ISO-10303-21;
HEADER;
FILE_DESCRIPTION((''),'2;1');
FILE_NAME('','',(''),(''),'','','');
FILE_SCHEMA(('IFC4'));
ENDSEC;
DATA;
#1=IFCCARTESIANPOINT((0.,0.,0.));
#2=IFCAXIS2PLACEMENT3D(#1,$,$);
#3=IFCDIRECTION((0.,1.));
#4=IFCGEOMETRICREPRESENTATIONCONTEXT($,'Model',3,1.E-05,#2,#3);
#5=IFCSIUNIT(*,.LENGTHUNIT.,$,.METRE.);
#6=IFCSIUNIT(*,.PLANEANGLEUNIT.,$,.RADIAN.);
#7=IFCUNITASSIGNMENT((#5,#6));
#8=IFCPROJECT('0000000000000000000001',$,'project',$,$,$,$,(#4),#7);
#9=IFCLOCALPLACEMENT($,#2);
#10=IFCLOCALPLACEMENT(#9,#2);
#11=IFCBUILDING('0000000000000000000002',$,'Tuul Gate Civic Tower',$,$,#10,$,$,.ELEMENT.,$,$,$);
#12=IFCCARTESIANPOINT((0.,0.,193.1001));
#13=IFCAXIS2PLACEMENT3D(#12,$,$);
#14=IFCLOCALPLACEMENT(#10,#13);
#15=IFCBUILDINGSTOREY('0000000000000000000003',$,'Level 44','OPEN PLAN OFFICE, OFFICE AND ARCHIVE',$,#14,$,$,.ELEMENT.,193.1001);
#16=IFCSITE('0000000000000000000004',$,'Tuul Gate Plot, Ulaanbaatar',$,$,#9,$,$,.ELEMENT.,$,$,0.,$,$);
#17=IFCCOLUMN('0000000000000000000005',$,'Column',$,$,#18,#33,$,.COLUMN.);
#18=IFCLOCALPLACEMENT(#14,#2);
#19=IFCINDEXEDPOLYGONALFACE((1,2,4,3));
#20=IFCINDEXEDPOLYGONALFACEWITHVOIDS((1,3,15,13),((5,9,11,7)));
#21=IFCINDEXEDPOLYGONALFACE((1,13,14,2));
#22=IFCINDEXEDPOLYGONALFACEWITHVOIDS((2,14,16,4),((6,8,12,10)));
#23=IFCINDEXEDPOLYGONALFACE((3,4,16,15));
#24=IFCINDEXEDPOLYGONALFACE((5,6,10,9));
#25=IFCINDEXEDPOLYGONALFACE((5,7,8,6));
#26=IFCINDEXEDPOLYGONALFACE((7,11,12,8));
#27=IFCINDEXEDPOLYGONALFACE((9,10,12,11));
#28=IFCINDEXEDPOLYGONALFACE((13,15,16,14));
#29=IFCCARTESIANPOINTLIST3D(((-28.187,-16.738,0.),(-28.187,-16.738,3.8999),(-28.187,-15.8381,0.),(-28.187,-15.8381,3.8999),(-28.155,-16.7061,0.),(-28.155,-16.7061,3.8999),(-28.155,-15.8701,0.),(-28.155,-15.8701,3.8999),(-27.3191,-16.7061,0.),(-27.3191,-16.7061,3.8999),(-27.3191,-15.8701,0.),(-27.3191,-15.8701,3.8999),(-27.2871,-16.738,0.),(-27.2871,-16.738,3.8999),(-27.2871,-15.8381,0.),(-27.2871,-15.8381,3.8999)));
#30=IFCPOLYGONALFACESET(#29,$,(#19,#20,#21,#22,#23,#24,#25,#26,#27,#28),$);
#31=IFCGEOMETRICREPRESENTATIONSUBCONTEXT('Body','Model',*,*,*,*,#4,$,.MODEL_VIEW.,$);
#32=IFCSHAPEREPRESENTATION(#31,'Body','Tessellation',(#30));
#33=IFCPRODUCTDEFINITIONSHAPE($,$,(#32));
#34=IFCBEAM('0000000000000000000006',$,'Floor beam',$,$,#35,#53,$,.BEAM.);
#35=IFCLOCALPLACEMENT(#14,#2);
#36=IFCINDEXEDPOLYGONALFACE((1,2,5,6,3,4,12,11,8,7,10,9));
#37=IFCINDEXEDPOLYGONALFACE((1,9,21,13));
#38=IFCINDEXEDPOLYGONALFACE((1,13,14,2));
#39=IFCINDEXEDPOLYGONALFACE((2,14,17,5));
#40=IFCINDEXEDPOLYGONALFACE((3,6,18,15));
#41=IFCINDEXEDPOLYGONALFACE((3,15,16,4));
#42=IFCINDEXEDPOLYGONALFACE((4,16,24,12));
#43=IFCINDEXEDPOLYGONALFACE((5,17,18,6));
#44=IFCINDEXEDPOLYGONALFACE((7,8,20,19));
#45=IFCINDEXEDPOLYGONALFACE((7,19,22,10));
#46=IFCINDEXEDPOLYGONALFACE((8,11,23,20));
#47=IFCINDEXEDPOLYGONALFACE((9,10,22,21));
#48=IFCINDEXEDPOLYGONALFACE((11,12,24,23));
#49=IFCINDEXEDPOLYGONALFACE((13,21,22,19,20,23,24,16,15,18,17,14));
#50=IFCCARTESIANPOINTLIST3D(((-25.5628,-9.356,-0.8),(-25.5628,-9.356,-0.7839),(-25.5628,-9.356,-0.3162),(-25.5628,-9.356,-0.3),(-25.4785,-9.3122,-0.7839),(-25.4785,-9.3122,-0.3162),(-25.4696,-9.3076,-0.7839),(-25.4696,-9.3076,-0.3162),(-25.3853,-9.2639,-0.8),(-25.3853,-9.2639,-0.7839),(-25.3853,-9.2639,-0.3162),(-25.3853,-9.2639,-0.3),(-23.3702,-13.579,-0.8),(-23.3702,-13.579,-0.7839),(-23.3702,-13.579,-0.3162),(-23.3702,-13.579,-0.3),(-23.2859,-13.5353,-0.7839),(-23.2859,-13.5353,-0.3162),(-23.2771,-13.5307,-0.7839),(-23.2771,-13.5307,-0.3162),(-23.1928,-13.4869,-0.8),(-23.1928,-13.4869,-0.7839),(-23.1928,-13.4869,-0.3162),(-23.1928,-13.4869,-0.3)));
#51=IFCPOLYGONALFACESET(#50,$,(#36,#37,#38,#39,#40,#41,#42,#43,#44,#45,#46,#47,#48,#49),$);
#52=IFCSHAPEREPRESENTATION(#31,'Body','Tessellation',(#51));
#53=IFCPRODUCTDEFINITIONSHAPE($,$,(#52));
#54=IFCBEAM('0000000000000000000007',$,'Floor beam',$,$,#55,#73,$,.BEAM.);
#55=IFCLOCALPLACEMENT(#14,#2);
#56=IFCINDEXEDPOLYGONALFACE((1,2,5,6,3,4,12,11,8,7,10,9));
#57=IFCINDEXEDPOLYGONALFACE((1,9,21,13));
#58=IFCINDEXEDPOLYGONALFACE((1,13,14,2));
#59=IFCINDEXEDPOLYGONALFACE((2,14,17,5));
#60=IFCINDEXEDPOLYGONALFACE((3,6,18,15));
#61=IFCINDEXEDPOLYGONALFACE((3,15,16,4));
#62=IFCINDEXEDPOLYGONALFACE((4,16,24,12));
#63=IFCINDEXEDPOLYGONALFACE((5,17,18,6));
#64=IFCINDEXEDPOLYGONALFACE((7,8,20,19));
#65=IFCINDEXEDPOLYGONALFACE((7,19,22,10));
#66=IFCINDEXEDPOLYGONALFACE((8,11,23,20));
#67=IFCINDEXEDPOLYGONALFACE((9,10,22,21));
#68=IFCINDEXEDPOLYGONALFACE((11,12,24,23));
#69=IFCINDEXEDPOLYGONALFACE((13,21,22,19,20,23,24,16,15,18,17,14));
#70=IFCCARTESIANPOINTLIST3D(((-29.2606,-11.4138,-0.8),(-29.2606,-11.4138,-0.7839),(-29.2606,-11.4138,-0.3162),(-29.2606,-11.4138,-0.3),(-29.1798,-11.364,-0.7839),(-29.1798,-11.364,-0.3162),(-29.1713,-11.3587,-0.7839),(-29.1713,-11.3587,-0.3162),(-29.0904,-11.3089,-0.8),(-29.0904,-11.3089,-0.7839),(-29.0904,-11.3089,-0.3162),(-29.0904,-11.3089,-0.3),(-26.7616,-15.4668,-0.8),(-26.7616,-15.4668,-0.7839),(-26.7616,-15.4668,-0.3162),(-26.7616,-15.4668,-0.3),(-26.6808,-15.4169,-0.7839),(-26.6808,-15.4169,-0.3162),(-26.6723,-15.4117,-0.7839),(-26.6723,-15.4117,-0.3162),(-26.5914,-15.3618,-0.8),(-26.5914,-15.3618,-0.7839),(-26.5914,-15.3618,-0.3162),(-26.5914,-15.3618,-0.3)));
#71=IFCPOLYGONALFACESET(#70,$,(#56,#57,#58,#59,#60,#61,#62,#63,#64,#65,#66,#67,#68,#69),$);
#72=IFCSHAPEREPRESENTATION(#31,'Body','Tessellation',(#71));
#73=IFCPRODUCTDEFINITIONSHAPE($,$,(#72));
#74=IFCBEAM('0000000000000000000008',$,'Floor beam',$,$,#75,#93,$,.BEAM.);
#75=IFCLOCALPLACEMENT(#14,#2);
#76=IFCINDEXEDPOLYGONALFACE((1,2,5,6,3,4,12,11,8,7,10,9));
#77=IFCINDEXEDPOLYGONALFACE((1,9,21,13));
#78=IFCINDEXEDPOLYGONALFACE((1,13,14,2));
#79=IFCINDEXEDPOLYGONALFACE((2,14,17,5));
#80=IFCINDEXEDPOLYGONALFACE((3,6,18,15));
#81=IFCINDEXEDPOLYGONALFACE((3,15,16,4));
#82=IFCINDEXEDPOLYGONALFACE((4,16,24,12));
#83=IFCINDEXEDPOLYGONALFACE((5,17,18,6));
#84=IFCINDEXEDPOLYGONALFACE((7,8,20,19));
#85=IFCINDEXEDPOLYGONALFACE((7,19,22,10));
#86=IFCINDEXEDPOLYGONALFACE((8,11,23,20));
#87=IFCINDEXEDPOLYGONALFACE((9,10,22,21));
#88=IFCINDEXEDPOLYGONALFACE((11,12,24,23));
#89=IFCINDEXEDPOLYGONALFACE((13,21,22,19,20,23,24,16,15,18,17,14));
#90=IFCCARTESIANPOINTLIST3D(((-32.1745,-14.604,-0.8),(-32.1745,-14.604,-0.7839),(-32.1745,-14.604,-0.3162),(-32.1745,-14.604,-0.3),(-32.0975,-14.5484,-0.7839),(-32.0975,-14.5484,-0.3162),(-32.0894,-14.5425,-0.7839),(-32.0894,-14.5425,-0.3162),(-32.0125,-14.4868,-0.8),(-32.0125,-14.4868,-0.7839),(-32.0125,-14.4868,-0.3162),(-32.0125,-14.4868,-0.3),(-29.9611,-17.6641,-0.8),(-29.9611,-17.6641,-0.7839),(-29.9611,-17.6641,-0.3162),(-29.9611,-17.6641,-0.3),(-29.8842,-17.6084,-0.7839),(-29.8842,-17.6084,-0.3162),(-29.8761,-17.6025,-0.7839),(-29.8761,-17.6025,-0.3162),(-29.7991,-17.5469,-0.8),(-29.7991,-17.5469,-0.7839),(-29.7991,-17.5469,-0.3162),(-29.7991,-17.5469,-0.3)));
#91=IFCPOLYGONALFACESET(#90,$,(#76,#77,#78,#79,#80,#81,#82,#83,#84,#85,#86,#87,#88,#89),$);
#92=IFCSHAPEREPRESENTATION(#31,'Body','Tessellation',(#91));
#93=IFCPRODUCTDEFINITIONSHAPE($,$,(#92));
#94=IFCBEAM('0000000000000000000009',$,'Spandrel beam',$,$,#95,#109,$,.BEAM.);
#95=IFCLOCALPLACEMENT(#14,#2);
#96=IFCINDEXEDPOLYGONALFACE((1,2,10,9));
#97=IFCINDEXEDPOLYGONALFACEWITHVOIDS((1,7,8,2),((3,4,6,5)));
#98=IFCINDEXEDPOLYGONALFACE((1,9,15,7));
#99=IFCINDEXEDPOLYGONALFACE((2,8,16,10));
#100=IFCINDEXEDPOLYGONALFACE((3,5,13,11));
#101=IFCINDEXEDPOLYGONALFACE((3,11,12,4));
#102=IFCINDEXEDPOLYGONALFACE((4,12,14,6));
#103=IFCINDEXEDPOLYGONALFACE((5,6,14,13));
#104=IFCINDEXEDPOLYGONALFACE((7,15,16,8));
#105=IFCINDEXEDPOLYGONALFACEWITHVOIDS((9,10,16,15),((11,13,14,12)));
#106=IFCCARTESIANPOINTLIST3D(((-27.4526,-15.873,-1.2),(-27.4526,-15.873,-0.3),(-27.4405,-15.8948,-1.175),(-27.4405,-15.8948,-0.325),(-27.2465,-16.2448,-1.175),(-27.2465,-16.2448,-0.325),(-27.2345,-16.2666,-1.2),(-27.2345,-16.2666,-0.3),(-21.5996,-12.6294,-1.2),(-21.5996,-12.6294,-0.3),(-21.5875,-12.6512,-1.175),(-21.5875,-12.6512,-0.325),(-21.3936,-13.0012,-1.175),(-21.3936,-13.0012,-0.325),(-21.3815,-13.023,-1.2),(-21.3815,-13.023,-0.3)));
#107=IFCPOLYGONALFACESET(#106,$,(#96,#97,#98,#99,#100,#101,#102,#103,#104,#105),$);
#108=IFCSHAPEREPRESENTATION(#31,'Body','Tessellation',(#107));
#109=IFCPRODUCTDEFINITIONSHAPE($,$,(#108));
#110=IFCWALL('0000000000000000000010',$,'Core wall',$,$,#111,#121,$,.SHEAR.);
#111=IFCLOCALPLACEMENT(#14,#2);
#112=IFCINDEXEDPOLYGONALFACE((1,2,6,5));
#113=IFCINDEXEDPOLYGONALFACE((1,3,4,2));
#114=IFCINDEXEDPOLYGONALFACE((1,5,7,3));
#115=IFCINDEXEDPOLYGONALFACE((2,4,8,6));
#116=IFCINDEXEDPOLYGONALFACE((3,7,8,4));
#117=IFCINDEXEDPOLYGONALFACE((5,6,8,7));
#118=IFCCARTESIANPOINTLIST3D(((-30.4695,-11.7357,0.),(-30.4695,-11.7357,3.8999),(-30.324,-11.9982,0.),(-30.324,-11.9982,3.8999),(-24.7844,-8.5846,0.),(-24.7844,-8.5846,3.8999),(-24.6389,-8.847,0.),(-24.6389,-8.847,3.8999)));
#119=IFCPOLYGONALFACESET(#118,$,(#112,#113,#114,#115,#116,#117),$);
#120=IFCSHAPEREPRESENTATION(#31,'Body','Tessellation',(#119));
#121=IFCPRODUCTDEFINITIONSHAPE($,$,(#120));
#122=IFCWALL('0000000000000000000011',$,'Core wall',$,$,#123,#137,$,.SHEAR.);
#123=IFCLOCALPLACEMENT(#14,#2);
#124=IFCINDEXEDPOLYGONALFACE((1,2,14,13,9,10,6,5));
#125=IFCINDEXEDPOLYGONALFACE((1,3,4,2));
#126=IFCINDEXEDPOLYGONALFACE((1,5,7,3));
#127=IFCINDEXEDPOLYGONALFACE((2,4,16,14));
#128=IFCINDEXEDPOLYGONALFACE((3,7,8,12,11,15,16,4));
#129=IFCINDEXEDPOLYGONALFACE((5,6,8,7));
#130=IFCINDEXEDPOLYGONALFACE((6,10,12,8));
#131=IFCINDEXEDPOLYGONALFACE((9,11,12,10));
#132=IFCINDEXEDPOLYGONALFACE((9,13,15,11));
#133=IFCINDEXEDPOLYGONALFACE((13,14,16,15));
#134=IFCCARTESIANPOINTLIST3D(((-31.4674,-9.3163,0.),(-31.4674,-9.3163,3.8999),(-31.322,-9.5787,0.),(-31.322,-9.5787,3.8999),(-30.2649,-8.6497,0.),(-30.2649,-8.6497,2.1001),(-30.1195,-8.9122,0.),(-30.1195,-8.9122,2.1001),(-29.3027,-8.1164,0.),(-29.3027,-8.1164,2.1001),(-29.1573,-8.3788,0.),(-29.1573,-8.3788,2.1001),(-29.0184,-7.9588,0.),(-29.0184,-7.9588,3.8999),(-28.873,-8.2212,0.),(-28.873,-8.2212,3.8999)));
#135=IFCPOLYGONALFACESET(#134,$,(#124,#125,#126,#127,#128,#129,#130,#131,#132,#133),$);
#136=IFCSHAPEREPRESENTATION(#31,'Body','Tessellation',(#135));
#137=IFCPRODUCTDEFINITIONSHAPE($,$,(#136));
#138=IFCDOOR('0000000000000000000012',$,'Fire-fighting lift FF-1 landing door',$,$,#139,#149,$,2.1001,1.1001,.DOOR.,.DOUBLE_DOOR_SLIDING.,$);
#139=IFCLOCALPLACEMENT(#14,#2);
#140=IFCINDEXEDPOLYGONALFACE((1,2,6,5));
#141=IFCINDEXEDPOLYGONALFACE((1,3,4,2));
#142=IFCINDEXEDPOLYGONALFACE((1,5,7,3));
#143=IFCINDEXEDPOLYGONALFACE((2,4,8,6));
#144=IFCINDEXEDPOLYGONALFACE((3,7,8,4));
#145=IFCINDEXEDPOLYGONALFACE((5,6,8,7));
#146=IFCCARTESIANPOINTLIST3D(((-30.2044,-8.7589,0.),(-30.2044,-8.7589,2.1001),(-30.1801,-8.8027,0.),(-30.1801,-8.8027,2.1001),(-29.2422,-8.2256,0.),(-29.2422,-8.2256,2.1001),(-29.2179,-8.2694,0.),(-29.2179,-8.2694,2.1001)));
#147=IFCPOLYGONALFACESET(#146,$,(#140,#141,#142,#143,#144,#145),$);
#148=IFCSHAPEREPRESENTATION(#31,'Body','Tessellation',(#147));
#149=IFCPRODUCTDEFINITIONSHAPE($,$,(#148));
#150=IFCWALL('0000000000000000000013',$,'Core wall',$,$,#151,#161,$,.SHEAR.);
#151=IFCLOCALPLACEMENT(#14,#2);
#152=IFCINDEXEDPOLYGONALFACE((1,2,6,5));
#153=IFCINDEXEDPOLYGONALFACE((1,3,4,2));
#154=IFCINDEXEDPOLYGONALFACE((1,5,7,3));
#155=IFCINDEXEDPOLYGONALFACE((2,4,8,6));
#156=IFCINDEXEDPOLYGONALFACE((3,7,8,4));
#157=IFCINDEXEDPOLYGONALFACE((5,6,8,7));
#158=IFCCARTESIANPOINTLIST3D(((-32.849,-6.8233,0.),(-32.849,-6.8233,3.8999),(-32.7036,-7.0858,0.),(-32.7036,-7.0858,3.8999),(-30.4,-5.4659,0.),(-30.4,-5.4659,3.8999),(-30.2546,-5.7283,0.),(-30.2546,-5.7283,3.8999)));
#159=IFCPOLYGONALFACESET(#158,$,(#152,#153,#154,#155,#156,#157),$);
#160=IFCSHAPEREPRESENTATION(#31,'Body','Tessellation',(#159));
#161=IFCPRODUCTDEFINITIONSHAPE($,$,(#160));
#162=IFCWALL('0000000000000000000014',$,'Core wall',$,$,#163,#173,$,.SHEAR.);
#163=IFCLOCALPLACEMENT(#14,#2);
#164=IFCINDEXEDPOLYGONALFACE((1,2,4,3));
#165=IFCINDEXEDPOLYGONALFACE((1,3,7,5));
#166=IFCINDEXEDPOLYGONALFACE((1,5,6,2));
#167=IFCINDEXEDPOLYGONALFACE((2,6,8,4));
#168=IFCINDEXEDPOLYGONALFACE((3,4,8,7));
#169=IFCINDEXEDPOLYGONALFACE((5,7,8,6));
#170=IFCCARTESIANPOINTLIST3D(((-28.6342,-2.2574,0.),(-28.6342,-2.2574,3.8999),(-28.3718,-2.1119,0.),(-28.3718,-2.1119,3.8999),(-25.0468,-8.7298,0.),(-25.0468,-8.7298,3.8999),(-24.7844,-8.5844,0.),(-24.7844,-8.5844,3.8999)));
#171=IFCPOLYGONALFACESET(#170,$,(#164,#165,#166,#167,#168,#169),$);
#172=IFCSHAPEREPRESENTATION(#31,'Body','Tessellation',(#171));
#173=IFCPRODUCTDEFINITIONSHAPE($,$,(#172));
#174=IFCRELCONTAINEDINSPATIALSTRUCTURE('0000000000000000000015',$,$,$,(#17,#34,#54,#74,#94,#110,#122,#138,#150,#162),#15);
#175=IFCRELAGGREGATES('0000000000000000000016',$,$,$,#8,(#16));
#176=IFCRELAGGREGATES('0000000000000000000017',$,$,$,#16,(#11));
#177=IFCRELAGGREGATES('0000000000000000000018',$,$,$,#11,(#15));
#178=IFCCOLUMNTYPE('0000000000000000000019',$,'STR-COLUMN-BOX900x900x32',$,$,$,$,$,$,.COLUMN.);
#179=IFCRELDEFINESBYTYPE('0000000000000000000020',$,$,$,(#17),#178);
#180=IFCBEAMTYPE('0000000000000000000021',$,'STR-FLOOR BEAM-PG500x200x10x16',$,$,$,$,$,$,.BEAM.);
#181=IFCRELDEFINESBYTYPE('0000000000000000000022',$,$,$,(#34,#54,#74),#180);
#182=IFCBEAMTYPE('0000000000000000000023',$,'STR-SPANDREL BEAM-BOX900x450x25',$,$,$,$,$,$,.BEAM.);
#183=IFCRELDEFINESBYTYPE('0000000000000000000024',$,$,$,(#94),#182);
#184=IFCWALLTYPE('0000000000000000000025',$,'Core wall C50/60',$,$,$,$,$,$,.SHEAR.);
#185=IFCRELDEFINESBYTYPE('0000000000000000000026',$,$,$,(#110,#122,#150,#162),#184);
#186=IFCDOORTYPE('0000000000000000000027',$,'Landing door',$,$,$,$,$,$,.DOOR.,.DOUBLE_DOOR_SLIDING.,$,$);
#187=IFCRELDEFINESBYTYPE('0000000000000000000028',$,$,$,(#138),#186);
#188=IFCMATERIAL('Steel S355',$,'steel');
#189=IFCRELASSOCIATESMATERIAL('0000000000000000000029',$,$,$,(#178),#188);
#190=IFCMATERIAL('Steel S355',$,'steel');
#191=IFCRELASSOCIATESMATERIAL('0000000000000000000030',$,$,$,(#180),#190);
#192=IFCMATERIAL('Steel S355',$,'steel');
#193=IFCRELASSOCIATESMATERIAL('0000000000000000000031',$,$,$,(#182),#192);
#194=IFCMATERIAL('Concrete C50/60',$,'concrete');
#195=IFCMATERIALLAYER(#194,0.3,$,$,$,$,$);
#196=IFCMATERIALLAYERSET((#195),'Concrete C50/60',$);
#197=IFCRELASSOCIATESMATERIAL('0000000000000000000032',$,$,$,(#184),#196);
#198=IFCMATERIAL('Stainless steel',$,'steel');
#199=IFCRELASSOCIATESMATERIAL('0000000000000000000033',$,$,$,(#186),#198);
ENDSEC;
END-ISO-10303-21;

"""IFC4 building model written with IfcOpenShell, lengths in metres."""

from ifc_helpers import new_model, si_unit, direction, frame, frame_2d, origin, origin_2d, place, context, subcontext, project, spatial, rectangle, hollow_rectangle, i_section, extrude, material, layer, layer_set, material_profile, profile_set, type_object, element, fill, save


model = new_model("IFC4")

# Units and contexts
model_context = context("Model", 3, precision=1e-05, world=origin(), true_north=direction((0.0, 1.0)))
body_context = subcontext(model_context, "Body", "Model", "MODEL_VIEW")
ifc_project = project(units=[si_unit("LENGTHUNIT", "METRE"), si_unit("PLANEANGLEUNIT", "RADIAN")], contexts=[model_context])

# Site, building, storey
site_placement = place(None, origin())
site = spatial("IfcSite", under=ifc_project, at=site_placement, Name="Tuul Gate Plot, Ulaanbaatar", CompositionType="ELEMENT", RefElevation=0.0)
building_placement = place(site_placement, origin())
building = spatial("IfcBuilding", under=site, at=building_placement, Name="Tuul Gate Civic Tower", CompositionType="ELEMENT")
storey_placement = place(building_placement, frame((0.0, 0.0, 193.1001)))
storey = spatial("IfcBuildingStorey", under=building, at=storey_placement, Name="Level 44", Description="OPEN PLAN OFFICE, OFFICE AND ARCHIVE", CompositionType="ELEMENT", Elevation=193.1001)

# Column
ifc_material_1 = material(Name="Steel S355", Category="steel")
ifc_material_profile_1 = material_profile(ifc_material_1, hollow_rectangle(XDim=0.8999, YDim=0.8999, WallThickness=0.032, at=origin_2d()), Name="BOX900x900x32")
ifc_profile_set_1 = profile_set([ifc_material_profile_1], Name="Steel S355")
column_type = type_object("IfcColumnType", Name="STR-COLUMN-BOX900x900x32", PredefinedType="COLUMN", material=ifc_profile_set_1)
column_placement = place(storey_placement, frame((-27.7371, -16.2881, 0.0), z_axis=(0.0, 0.0, 1.0), x_axis=(1.0, 0.0, 0.0)))
element("IfcColumn", 1, at=column_placement, inside=storey, type_object=column_type, Name="Column", PredefinedType="COLUMN", context=body_context, shape_type="SweptSolid", body=[
    extrude(hollow_rectangle(XDim=0.8999, YDim=0.8999, WallThickness=0.032, at=origin_2d()), origin(), (0.0, 0.0, 1.0), 3.8999),
])

# Beams
ifc_material_2 = material(Name="Steel S355", Category="steel")
ifc_material_profile_2 = material_profile(ifc_material_2, i_section(OverallWidth=0.2, OverallDepth=0.5, WebThickness=0.01, FlangeThickness=0.0161, at=origin_2d()), Name="PG500x200x10x16")
ifc_profile_set_2 = profile_set([ifc_material_profile_2], Name="Steel S355")
beam_type_1 = type_object("IfcBeamType", Name="STR-FLOOR BEAM-PG500x200x10x16", PredefinedType="BEAM", material=ifc_profile_set_2)
beam_1_placement = place(storey_placement, frame((-23.2815, -13.533, -0.55), z_axis=(-0.460789, 0.88751, 0.0), x_axis=(-0.88751, -0.460789, 0.0)))
element("IfcBeam", 2, at=beam_1_placement, inside=storey, type_object=beam_type_1, Name="Floor beam", PredefinedType="BEAM", context=body_context, shape_type="SweptSolid", body=[
    extrude(i_section(OverallWidth=0.2, OverallDepth=0.5, WebThickness=0.01, FlangeThickness=0.0161, at=origin_2d()), origin(), (0.0, 0.0, 1.0), 4.7583),
])
beam_2_placement = place(storey_placement, frame((-26.6765, -15.4143, -0.55), z_axis=(-0.524841, 0.8512, 0.0), x_axis=(-0.8512, -0.524841, 0.0)))
element("IfcBeam", 3, at=beam_2_placement, inside=storey, type_object=beam_type_1, Name="Floor beam", PredefinedType="BEAM", context=body_context, shape_type="SweptSolid", body=[
    extrude(i_section(OverallWidth=0.2, OverallDepth=0.5, WebThickness=0.01, FlangeThickness=0.0161, at=origin_2d()), origin(), (0.0, 0.0, 1.0), 4.7615),
])
beam_3_placement = place(storey_placement, frame((-29.8801, -17.6055, -0.55), z_axis=(-0.586071, 0.81026, 0.0), x_axis=(-0.81026, -0.586071, 0.0)))
element("IfcBeam", 4, at=beam_3_placement, inside=storey, type_object=beam_type_1, Name="Floor beam", PredefinedType="BEAM", context=body_context, shape_type="SweptSolid", body=[
    extrude(i_section(OverallWidth=0.2, OverallDepth=0.5, WebThickness=0.01, FlangeThickness=0.0161, at=origin_2d()), origin(), (0.0, 0.0, 1.0), 3.7766),
])
ifc_material_3 = material(Name="Steel S355", Category="steel")
ifc_material_profile_3 = material_profile(ifc_material_3, hollow_rectangle(XDim=0.45, YDim=0.8999, WallThickness=0.0249, at=origin_2d()), Name="BOX900x450x25")
ifc_profile_set_3 = profile_set([ifc_material_profile_3], Name="Steel S355")
beam_type_2 = type_object("IfcBeamType", Name="STR-SPANDREL BEAM-BOX900x450x25", PredefinedType="BEAM", material=ifc_profile_set_3)
beam_4_placement = place(storey_placement, frame((-27.3435, -16.0698, -0.75), z_axis=(0.874666, 0.484726, 0.0), x_axis=(-0.484726, 0.874666, 0.0)))
element("IfcBeam", 5, at=beam_4_placement, inside=storey, type_object=beam_type_2, Name="Spandrel beam", PredefinedType="BEAM", context=body_context, shape_type="SweptSolid", body=[
    extrude(hollow_rectangle(XDim=0.45, YDim=0.8999, WallThickness=0.0249, at=origin_2d()), origin(), (0.0, 0.0, 1.0), 6.6917),
])

# Wall
ifc_material_4 = material(Name="Concrete C50/60", Category="concrete")
ifc_layer_1 = layer(ifc_material_4, 0.3)
ifc_layer_set_1 = layer_set([ifc_layer_1], Name="Concrete C50/60")
wall_type_1 = type_object("IfcWallType", Name="Core wall C50/60", PredefinedType="SHEAR", material=ifc_layer_set_1)
wall_1_placement = place(storey_placement, frame((-24.7117, -8.7158, 0.0), z_axis=(0.0, 0.0, 1.0), x_axis=(-0.87463, -0.484791, 0.0)))
element("IfcWall", 6, at=wall_1_placement, inside=storey, type_object=wall_type_1, Name="Core wall", PredefinedType="SHEAR", context=body_context, shape_type="SweptSolid", body=[
    extrude(rectangle(XDim=6.5, YDim=0.3, at=frame_2d((3.25, 0.0))), origin(), (0.0, 0.0, 1.0), 3.8999),
])

# Wall, opening, door
wall_2_placement = place(storey_placement, frame((-28.9458, -8.0901, 0.0), z_axis=(0.0, 0.0, 1.0), x_axis=(-0.87463, -0.484791, 0.0)))
wall_2 = element("IfcWall", 7, at=wall_2_placement, inside=storey, type_object=wall_type_1, Name="Core wall", PredefinedType="SHEAR", context=body_context, shape_type="SweptSolid", body=[
    extrude(rectangle(XDim=2.8, YDim=0.3, at=frame_2d((1.3999, 0.0))), origin(), (0.0, 0.0, 1.0), 3.8999),
])
opening_1_placement = place(wall_2_placement, frame((0.325, 0.0, 0.0)))
opening_1 = element("IfcOpeningElement", 8, at=opening_1_placement, cuts=wall_2, PredefinedType="OPENING", context=body_context, shape_type="SweptSolid", body=[
    extrude(rectangle(XDim=1.1001, YDim=2.1001, at=frame_2d((0.55, 1.05))), frame((0.0, 0.1602, 0.0), z_axis=(0.0, -1.0, 0.0), x_axis=(1.0, 0.0, 0.0)), (0.0, 0.0, 1.0), 0.3201),
])
ifc_material_5 = material(Name="Stainless steel", Category="steel")
door_type_1 = type_object("IfcDoorType", Name="Landing door", OperationType="DOUBLE_DOOR_SLIDING", PredefinedType="DOOR", material=ifc_material_5)
door_1_placement = place(opening_1_placement, origin())
door_1 = element("IfcDoor", 9, at=door_1_placement, inside=storey, type_object=door_type_1, Name="Fire-fighting lift FF-1 landing door", OperationType="DOUBLE_DOOR_SLIDING", OverallHeight=2.1001, OverallWidth=1.1001, PredefinedType="DOOR", context=body_context, shape_type="SweptSolid", body=[
    extrude(rectangle(XDim=1.1001, YDim=2.1001, at=frame_2d((0.55, 1.05))), frame((0.0, 0.0249, 0.0), z_axis=(0.0, -1.0, 0.0), x_axis=(1.0, 0.0, 0.0)), (0.0, 0.0, 1.0), 0.05),
])
fill(opening_1, door_1)

# Walls
wall_3_placement = place(storey_placement, frame((-30.3274, -5.5972, 0.0), z_axis=(0.0, 0.0, 1.0), x_axis=(-0.87463, -0.484791, 0.0)))
element("IfcWall", 10, at=wall_3_placement, inside=storey, type_object=wall_type_1, Name="Core wall", PredefinedType="SHEAR", context=body_context, shape_type="SweptSolid", body=[
    extrude(rectangle(XDim=2.8, YDim=0.3, at=frame_2d((1.3999, 0.0))), origin(), (0.0, 0.0, 1.0), 3.8999),
])
wall_4_placement = place(storey_placement, frame((-24.9155, -8.6572, 0.0), z_axis=(0.0, 0.0, 1.0), x_axis=(-0.484777, 0.874638, 0.0)))
element("IfcWall", 11, at=wall_4_placement, inside=storey, type_object=wall_type_1, Name="Core wall", PredefinedType="SHEAR", context=body_context, shape_type="SweptSolid", body=[
    extrude(rectangle(XDim=7.4001, YDim=0.3, at=frame_2d((3.7002, 0.0))), origin(), (0.0, 0.0, 1.0), 3.8999),
])

save(model, "model.ifc")
